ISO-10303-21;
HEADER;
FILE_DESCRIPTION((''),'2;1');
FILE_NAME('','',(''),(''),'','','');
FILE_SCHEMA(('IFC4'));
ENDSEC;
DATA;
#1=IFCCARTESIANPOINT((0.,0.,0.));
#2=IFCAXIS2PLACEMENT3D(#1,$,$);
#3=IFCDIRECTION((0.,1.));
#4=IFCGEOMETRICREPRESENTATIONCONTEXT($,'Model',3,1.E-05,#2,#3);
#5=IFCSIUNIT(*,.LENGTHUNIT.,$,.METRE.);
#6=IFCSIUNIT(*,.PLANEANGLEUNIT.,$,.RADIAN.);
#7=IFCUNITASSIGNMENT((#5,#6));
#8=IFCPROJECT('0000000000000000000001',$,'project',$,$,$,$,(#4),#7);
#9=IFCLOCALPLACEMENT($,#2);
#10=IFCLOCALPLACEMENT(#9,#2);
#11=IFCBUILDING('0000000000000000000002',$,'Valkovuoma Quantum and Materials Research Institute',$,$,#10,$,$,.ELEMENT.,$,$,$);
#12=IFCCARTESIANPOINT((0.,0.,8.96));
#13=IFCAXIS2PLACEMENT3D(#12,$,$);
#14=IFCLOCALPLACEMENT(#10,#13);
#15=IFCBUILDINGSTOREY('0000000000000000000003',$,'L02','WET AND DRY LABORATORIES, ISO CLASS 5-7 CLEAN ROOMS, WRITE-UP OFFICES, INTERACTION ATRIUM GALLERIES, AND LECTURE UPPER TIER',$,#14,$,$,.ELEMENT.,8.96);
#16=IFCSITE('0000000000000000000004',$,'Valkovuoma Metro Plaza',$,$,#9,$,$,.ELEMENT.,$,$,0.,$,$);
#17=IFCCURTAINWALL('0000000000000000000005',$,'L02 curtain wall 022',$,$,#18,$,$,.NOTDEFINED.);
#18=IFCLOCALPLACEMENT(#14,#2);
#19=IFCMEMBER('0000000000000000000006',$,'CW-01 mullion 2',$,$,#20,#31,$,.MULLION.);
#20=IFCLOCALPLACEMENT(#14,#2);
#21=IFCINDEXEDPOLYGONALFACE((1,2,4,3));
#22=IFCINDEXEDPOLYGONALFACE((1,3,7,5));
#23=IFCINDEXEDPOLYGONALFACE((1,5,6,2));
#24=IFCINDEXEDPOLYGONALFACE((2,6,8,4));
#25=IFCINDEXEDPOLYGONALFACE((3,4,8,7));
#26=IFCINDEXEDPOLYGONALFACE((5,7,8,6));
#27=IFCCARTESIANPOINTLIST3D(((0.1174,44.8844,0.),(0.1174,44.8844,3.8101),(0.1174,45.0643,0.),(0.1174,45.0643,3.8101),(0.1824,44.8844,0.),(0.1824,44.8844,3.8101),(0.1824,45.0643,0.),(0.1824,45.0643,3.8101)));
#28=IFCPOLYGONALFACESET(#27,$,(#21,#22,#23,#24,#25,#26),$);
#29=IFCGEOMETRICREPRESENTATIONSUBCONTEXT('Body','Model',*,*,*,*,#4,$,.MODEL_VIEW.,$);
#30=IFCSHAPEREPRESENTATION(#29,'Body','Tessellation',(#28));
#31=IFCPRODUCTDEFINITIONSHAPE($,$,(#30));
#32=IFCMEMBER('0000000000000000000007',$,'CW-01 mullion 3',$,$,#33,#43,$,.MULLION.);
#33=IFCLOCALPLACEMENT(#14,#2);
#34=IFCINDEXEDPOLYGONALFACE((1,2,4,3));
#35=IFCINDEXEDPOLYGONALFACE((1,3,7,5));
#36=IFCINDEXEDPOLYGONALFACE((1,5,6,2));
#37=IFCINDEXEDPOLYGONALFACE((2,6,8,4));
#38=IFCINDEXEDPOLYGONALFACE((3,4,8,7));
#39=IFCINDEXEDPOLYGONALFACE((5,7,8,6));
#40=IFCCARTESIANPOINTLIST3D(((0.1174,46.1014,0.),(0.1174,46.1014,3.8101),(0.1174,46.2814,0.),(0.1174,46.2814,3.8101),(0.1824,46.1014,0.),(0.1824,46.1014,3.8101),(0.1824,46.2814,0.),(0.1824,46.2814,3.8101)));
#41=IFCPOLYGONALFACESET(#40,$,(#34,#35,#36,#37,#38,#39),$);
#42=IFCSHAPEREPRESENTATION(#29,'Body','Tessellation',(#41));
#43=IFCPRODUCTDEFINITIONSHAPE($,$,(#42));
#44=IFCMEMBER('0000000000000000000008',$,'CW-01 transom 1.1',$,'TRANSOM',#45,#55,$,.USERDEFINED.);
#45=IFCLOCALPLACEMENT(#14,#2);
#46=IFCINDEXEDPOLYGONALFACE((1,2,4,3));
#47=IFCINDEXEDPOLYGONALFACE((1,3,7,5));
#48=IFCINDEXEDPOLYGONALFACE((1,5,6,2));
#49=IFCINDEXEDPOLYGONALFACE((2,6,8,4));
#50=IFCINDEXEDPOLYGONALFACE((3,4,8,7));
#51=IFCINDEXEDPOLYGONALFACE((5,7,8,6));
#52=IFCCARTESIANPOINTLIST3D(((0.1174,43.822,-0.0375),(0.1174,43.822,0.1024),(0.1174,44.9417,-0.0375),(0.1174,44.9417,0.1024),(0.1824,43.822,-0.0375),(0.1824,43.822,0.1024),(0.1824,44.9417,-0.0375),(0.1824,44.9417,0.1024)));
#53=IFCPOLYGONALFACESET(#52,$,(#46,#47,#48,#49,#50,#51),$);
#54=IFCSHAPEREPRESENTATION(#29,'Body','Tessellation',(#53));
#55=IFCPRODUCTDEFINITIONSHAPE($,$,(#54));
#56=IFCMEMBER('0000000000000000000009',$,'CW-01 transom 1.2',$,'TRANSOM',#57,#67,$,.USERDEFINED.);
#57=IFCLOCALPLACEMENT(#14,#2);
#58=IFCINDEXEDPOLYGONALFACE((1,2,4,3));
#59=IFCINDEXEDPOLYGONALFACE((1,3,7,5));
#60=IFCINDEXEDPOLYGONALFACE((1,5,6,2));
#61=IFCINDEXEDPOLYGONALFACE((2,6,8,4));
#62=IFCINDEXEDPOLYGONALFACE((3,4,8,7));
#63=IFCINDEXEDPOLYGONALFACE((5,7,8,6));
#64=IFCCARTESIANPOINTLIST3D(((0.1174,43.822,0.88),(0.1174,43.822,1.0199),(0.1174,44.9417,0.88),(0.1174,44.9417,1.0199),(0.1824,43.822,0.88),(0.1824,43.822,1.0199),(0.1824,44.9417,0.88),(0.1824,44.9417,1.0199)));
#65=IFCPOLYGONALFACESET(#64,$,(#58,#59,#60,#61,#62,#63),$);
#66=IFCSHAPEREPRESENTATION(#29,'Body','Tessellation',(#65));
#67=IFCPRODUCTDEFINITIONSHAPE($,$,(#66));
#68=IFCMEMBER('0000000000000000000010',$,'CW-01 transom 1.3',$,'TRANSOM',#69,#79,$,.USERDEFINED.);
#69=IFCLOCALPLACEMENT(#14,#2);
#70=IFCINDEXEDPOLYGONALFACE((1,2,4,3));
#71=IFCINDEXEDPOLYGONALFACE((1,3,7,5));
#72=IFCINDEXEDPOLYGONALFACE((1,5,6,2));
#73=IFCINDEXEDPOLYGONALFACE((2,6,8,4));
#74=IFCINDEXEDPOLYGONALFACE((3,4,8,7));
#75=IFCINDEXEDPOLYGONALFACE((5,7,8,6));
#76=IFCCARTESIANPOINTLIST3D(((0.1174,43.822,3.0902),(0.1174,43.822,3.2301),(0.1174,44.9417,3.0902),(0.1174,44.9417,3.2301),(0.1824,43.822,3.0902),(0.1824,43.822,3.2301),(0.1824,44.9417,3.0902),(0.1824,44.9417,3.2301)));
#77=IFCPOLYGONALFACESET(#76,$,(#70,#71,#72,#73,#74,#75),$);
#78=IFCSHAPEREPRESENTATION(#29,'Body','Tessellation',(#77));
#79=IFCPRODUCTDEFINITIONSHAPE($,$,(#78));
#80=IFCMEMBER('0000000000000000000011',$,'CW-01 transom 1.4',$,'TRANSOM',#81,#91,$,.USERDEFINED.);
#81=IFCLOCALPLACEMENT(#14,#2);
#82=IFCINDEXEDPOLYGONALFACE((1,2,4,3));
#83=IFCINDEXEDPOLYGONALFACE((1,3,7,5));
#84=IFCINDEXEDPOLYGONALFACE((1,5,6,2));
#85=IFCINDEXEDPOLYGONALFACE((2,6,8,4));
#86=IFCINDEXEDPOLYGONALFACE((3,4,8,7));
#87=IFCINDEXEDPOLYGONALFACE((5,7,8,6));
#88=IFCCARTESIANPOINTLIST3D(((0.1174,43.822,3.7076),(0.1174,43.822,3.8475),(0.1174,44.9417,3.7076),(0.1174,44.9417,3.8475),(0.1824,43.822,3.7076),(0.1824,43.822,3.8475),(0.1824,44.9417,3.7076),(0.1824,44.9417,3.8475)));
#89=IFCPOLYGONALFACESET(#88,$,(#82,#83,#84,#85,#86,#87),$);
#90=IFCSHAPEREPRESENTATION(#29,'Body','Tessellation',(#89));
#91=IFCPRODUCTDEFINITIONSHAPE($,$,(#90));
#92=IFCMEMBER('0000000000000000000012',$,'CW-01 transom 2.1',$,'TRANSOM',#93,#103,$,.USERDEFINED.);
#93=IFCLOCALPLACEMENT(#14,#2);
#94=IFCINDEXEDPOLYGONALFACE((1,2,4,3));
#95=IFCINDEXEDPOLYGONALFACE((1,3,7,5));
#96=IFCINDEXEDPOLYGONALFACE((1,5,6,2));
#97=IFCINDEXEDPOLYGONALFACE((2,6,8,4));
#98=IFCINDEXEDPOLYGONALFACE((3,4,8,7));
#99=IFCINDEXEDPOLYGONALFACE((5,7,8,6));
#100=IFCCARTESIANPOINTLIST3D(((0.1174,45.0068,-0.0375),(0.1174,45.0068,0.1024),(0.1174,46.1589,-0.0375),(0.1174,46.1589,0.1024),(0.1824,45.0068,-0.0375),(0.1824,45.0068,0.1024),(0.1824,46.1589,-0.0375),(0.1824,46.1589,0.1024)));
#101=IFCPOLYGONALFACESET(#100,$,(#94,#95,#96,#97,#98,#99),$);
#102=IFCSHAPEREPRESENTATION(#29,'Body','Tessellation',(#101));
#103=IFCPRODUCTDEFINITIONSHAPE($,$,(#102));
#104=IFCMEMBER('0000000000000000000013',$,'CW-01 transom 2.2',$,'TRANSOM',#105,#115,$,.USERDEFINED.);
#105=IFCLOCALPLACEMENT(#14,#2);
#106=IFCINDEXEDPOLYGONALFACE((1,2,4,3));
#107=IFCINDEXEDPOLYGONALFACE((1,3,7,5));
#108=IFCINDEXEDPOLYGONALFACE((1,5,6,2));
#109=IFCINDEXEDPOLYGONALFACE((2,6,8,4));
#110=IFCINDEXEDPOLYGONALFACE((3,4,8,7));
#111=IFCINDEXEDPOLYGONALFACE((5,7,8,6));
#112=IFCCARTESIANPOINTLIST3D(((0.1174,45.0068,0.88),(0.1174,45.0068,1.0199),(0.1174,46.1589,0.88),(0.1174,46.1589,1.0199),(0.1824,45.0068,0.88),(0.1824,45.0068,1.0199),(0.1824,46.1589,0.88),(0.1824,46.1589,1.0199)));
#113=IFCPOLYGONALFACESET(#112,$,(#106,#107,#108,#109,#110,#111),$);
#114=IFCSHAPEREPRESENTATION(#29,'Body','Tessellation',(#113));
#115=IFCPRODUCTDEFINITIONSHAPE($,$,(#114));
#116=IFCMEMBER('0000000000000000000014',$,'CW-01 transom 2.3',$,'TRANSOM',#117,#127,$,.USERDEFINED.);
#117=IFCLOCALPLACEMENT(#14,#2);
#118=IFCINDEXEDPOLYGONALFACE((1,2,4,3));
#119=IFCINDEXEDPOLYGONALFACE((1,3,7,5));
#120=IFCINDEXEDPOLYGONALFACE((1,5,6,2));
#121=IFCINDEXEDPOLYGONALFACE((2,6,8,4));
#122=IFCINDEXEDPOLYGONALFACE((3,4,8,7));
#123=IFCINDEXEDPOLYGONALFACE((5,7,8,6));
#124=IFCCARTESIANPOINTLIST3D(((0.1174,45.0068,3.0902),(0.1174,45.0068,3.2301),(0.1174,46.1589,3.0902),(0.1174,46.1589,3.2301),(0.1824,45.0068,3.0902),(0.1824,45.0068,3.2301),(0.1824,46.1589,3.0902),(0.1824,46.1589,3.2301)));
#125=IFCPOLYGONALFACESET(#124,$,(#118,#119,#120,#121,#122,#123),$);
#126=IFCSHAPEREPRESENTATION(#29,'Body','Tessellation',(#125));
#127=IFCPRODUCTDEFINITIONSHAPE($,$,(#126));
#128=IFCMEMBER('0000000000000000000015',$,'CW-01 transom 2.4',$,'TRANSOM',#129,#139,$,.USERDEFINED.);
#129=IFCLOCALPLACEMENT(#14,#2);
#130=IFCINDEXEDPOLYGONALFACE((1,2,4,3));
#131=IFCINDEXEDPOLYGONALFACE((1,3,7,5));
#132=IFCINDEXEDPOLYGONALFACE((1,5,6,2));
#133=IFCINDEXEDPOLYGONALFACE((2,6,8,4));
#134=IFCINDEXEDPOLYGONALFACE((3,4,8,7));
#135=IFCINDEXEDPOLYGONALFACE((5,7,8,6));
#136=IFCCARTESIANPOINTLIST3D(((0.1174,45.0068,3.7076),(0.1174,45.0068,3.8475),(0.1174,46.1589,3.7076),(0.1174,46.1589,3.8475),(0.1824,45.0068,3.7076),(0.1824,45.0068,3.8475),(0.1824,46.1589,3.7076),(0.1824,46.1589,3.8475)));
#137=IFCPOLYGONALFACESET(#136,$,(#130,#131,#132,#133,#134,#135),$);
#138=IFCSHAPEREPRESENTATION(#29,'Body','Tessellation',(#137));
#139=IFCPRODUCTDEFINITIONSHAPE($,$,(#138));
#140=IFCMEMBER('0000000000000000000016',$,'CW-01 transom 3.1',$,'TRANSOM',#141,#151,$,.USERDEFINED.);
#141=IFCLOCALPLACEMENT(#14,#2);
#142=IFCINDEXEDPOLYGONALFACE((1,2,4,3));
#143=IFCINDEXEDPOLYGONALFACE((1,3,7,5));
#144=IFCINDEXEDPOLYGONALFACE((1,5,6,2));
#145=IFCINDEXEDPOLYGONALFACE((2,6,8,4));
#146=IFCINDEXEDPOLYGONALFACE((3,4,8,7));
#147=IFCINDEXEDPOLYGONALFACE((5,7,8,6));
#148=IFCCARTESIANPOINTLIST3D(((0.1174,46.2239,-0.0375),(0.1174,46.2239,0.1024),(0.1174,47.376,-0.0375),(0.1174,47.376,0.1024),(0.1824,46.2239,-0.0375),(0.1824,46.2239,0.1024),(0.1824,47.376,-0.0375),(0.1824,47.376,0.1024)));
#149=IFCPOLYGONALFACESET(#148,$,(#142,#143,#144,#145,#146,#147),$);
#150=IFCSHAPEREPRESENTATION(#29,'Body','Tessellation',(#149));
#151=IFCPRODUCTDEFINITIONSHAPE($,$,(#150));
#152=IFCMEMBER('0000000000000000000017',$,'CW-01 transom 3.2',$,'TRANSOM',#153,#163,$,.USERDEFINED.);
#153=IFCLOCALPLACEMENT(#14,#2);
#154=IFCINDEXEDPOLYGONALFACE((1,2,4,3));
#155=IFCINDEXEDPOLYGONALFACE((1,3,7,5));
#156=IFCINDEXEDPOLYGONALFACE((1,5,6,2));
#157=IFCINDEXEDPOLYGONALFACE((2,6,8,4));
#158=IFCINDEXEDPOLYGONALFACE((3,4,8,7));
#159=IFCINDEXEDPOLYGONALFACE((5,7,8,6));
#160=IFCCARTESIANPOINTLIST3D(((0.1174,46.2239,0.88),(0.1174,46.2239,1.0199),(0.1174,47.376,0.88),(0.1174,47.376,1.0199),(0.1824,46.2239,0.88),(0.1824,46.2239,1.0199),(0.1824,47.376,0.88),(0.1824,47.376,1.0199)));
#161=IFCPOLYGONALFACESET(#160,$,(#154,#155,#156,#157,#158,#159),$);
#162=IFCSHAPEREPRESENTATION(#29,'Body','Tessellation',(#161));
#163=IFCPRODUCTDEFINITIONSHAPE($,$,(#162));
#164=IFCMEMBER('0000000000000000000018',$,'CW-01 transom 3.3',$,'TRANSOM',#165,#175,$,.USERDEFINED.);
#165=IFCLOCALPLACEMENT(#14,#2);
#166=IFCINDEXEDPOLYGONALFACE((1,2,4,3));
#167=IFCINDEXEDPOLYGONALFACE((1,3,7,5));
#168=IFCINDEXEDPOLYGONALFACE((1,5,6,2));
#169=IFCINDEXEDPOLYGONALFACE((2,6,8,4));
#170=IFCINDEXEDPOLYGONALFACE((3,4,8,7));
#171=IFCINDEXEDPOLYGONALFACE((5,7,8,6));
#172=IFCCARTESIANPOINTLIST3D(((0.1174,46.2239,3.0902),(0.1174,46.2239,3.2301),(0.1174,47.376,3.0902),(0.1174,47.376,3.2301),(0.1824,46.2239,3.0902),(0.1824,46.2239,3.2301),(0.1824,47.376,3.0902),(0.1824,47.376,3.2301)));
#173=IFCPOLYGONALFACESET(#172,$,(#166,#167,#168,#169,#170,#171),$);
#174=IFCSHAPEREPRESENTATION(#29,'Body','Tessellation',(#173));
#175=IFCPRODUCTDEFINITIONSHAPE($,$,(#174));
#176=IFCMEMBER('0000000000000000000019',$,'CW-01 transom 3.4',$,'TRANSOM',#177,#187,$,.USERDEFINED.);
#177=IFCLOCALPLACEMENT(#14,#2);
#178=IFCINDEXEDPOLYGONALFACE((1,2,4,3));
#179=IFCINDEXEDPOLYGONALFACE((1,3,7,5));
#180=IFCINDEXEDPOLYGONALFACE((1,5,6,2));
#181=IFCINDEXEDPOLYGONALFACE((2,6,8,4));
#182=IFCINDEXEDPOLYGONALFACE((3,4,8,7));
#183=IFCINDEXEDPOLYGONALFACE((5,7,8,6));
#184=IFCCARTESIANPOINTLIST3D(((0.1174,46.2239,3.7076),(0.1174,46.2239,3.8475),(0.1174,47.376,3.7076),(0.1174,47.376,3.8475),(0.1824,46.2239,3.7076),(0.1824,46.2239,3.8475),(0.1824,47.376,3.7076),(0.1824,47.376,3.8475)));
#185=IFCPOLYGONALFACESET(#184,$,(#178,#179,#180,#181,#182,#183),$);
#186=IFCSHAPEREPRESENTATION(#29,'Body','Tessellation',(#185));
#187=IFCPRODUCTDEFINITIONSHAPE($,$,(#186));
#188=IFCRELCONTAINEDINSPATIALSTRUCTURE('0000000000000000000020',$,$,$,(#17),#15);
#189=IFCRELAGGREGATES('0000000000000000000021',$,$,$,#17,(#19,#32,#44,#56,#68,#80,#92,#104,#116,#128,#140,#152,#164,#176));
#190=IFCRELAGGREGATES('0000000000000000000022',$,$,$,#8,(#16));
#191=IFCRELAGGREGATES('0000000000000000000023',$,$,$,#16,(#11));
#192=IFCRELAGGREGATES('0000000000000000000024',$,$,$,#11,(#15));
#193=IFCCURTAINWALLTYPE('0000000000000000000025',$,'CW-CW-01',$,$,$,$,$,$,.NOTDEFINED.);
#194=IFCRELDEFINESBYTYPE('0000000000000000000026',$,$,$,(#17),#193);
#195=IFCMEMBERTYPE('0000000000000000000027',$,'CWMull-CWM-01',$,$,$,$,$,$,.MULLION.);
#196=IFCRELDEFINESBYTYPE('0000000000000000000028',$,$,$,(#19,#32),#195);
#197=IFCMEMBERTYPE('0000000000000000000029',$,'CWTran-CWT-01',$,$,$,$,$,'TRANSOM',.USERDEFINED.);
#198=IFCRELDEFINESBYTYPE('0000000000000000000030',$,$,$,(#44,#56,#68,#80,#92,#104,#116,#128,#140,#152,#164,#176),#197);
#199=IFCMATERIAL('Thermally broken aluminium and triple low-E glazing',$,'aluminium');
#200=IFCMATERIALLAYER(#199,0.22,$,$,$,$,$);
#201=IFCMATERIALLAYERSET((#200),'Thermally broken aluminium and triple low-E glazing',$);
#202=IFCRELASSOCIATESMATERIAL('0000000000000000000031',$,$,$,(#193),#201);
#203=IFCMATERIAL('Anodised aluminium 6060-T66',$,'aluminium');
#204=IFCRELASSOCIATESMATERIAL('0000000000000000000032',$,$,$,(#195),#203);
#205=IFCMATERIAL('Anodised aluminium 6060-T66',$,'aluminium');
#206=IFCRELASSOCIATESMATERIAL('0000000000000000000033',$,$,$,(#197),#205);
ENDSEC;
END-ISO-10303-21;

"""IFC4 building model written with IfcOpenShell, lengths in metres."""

from ifc_helpers import new_model, si_unit, direction, frame, origin, origin_2d, place, context, subcontext, project, spatial, rectangle, extrude, material, layer, layer_set, material_profile, profile_set, type_object, element, aggregate, save


model = new_model("IFC4")

# Units and contexts
model_context = context("Model", 3, precision=1e-05, world=origin(), true_north=direction((0.0, 1.0)))
body_context = subcontext(model_context, "Body", "Model", "MODEL_VIEW")
ifc_project = project(units=[si_unit("LENGTHUNIT", "METRE"), si_unit("PLANEANGLEUNIT", "RADIAN")], contexts=[model_context])

# Site, building, storey
site_placement = place(None, origin())
site = spatial("IfcSite", under=ifc_project, at=site_placement, Name="Valkovuoma Metro Plaza", CompositionType="ELEMENT", RefElevation=0.0)
building_placement = place(site_placement, origin())
building = spatial("IfcBuilding", under=site, at=building_placement, Name="Valkovuoma Quantum and Materials Research Institute", CompositionType="ELEMENT")
storey_placement = place(building_placement, frame((0.0, 0.0, 8.96)))
storey = spatial("IfcBuildingStorey", under=building, at=storey_placement, Name="L02", Description="WET AND DRY LABORATORIES, ISO CLASS 5-7 CLEAN ROOMS, WRITE-UP OFFICES, INTERACTION ATRIUM GALLERIES, AND LECTURE UPPER TIER", CompositionType="ELEMENT", Elevation=8.96)

# Shared definitions
ifc_material_1 = material(Name="Thermally broken aluminium and triple low-E glazing", Category="aluminium")
ifc_layer_1 = layer(ifc_material_1, 0.22)
ifc_layer_set_1 = layer_set([ifc_layer_1], Name="Thermally broken aluminium and triple low-E glazing")
curtain_wall_type = type_object("IfcCurtainWallType", Name="CW-CW-01", PredefinedType="NOTDEFINED", material=ifc_layer_set_1)
ifc_material_2 = material(Name="Anodised aluminium 6060-T66", Category="aluminium")
ifc_material_profile_1 = material_profile(ifc_material_2, rectangle(XDim=0.0649, YDim=0.1799, at=origin_2d()), Name="Anodised aluminium 6060-T66")
ifc_profile_set_1 = profile_set([ifc_material_profile_1], Name="Anodised aluminium 6060-T66")
member_type_1 = type_object("IfcMemberType", Name="CWMull-CWM-01", PredefinedType="MULLION", material=ifc_profile_set_1)

# Curtain wall, members
curtain_wall_1_placement = place(storey_placement, origin())
curtain_wall_1 = element("IfcCurtainWall", 1, at=curtain_wall_1_placement, inside=storey, type_object=curtain_wall_type, Name="L02 curtain wall 022", PredefinedType="NOTDEFINED")
member_1_placement = place(storey_placement, frame((0.1499, 44.9744, 0.0), z_axis=(0.0, 0.0, 1.0), x_axis=(-1.0, 0.0, 0.0)))
member_1 = element("IfcMember", 2, at=member_1_placement, type_object=member_type_1, Name="CW-01 mullion 2", PredefinedType="MULLION", context=body_context, shape_type="SweptSolid", body=[
    extrude(rectangle(XDim=0.0649, YDim=0.1799, at=origin_2d()), origin(), (0.0, 0.0, 1.0), 3.8101),
])
member_2_placement = place(storey_placement, frame((0.1499, 46.1914, 0.0), z_axis=(0.0, 0.0, 1.0), x_axis=(-1.0, 0.0, 0.0)))
member_2 = element("IfcMember", 3, at=member_2_placement, type_object=member_type_1, Name="CW-01 mullion 3", PredefinedType="MULLION", context=body_context, shape_type="SweptSolid", body=[
    extrude(rectangle(XDim=0.0649, YDim=0.1799, at=origin_2d()), origin(), (0.0, 0.0, 1.0), 3.8101),
])
ifc_material_3 = material(Name="Anodised aluminium 6060-T66", Category="aluminium")
ifc_material_profile_2 = material_profile(ifc_material_3, rectangle(XDim=0.0649, YDim=0.1399, at=origin_2d()), Name="Anodised aluminium 6060-T66")
ifc_profile_set_2 = profile_set([ifc_material_profile_2], Name="Anodised aluminium 6060-T66")
member_type_2 = type_object("IfcMemberType", Name="CWTran-CWT-01", ElementType="TRANSOM", PredefinedType="USERDEFINED", material=ifc_profile_set_2)
member_3_placement = place(storey_placement, frame((0.1499, 43.822, 0.0325), z_axis=(0.0, 1.0, 0.0), x_axis=(-1.0, 0.0, 0.0)))
member_3 = element("IfcMember", 4, at=member_3_placement, type_object=member_type_2, Name="CW-01 transom 1.1", ObjectType="TRANSOM", PredefinedType="USERDEFINED", context=body_context, shape_type="SweptSolid", body=[
    extrude(rectangle(XDim=0.0649, YDim=0.1399, at=origin_2d()), origin(), (0.0, 0.0, 1.0), 1.1196),
])
member_4_placement = place(storey_placement, frame((0.1499, 43.822, 0.95), z_axis=(0.0, 1.0, 0.0), x_axis=(-1.0, 0.0, 0.0)))
member_4 = element("IfcMember", 5, at=member_4_placement, type_object=member_type_2, Name="CW-01 transom 1.2", ObjectType="TRANSOM", PredefinedType="USERDEFINED", context=body_context, shape_type="SweptSolid", body=[
    extrude(rectangle(XDim=0.0649, YDim=0.1399, at=origin_2d()), origin(), (0.0, 0.0, 1.0), 1.1196),
])
member_5_placement = place(storey_placement, frame((0.1499, 43.822, 3.1602), z_axis=(0.0, 1.0, 0.0), x_axis=(-1.0, 0.0, 0.0)))
member_5 = element("IfcMember", 6, at=member_5_placement, type_object=member_type_2, Name="CW-01 transom 1.3", ObjectType="TRANSOM", PredefinedType="USERDEFINED", context=body_context, shape_type="SweptSolid", body=[
    extrude(rectangle(XDim=0.0649, YDim=0.1399, at=origin_2d()), origin(), (0.0, 0.0, 1.0), 1.1196),
])
member_6_placement = place(storey_placement, frame((0.1499, 43.822, 3.7776), z_axis=(0.0, 1.0, 0.0), x_axis=(-1.0, 0.0, 0.0)))
member_6 = element("IfcMember", 7, at=member_6_placement, type_object=member_type_2, Name="CW-01 transom 1.4", ObjectType="TRANSOM", PredefinedType="USERDEFINED", context=body_context, shape_type="SweptSolid", body=[
    extrude(rectangle(XDim=0.0649, YDim=0.1399, at=origin_2d()), origin(), (0.0, 0.0, 1.0), 1.1196),
])
member_7_placement = place(storey_placement, frame((0.1499, 45.0068, 0.0325), z_axis=(0.0, 1.0, 0.0), x_axis=(-1.0, 0.0, 0.0)))
member_7 = element("IfcMember", 8, at=member_7_placement, type_object=member_type_2, Name="CW-01 transom 2.1", ObjectType="TRANSOM", PredefinedType="USERDEFINED", context=body_context, shape_type="SweptSolid", body=[
    extrude(rectangle(XDim=0.0649, YDim=0.1399, at=origin_2d()), origin(), (0.0, 0.0, 1.0), 1.1521),
])
member_8_placement = place(storey_placement, frame((0.1499, 45.0068, 0.95), z_axis=(0.0, 1.0, 0.0), x_axis=(-1.0, 0.0, 0.0)))
member_8 = element("IfcMember", 9, at=member_8_placement, type_object=member_type_2, Name="CW-01 transom 2.2", ObjectType="TRANSOM", PredefinedType="USERDEFINED", context=body_context, shape_type="SweptSolid", body=[
    extrude(rectangle(XDim=0.0649, YDim=0.1399, at=origin_2d()), origin(), (0.0, 0.0, 1.0), 1.1521),
])
member_9_placement = place(storey_placement, frame((0.1499, 45.0068, 3.1602), z_axis=(0.0, 1.0, 0.0), x_axis=(-1.0, 0.0, 0.0)))
member_9 = element("IfcMember", 10, at=member_9_placement, type_object=member_type_2, Name="CW-01 transom 2.3", ObjectType="TRANSOM", PredefinedType="USERDEFINED", context=body_context, shape_type="SweptSolid", body=[
    extrude(rectangle(XDim=0.0649, YDim=0.1399, at=origin_2d()), origin(), (0.0, 0.0, 1.0), 1.1521),
])
member_10_placement = place(storey_placement, frame((0.1499, 45.0068, 3.7776), z_axis=(0.0, 1.0, 0.0), x_axis=(-1.0, 0.0, 0.0)))
member_10 = element("IfcMember", 11, at=member_10_placement, type_object=member_type_2, Name="CW-01 transom 2.4", ObjectType="TRANSOM", PredefinedType="USERDEFINED", context=body_context, shape_type="SweptSolid", body=[
    extrude(rectangle(XDim=0.0649, YDim=0.1399, at=origin_2d()), origin(), (0.0, 0.0, 1.0), 1.1521),
])
member_11_placement = place(storey_placement, frame((0.1499, 46.2239, 0.0325), z_axis=(0.0, 1.0, 0.0), x_axis=(-1.0, 0.0, 0.0)))
member_11 = element("IfcMember", 12, at=member_11_placement, type_object=member_type_2, Name="CW-01 transom 3.1", ObjectType="TRANSOM", PredefinedType="USERDEFINED", context=body_context, shape_type="SweptSolid", body=[
    extrude(rectangle(XDim=0.0649, YDim=0.1399, at=origin_2d()), origin(), (0.0, 0.0, 1.0), 1.1521),
])
member_12_placement = place(storey_placement, frame((0.1499, 46.2239, 0.95), z_axis=(0.0, 1.0, 0.0), x_axis=(-1.0, 0.0, 0.0)))
member_12 = element("IfcMember", 13, at=member_12_placement, type_object=member_type_2, Name="CW-01 transom 3.2", ObjectType="TRANSOM", PredefinedType="USERDEFINED", context=body_context, shape_type="SweptSolid", body=[
    extrude(rectangle(XDim=0.0649, YDim=0.1399, at=origin_2d()), origin(), (0.0, 0.0, 1.0), 1.1521),
])
member_13_placement = place(storey_placement, frame((0.1499, 46.2239, 3.1602), z_axis=(0.0, 1.0, 0.0), x_axis=(-1.0, 0.0, 0.0)))
member_13 = element("IfcMember", 14, at=member_13_placement, type_object=member_type_2, Name="CW-01 transom 3.3", ObjectType="TRANSOM", PredefinedType="USERDEFINED", context=body_context, shape_type="SweptSolid", body=[
    extrude(rectangle(XDim=0.0649, YDim=0.1399, at=origin_2d()), origin(), (0.0, 0.0, 1.0), 1.1521),
])
member_14_placement = place(storey_placement, frame((0.1499, 46.2239, 3.7776), z_axis=(0.0, 1.0, 0.0), x_axis=(-1.0, 0.0, 0.0)))
member_14 = element("IfcMember", 15, at=member_14_placement, type_object=member_type_2, Name="CW-01 transom 3.4", ObjectType="TRANSOM", PredefinedType="USERDEFINED", context=body_context, shape_type="SweptSolid", body=[
    extrude(rectangle(XDim=0.0649, YDim=0.1399, at=origin_2d()), origin(), (0.0, 0.0, 1.0), 1.1521),
])

aggregate(curtain_wall_1, [member_1, member_2, member_3, member_4, member_5, member_6, member_7, member_8, member_9, member_10, member_11, member_12, member_13, member_14])

save(model, "model.ifc")
